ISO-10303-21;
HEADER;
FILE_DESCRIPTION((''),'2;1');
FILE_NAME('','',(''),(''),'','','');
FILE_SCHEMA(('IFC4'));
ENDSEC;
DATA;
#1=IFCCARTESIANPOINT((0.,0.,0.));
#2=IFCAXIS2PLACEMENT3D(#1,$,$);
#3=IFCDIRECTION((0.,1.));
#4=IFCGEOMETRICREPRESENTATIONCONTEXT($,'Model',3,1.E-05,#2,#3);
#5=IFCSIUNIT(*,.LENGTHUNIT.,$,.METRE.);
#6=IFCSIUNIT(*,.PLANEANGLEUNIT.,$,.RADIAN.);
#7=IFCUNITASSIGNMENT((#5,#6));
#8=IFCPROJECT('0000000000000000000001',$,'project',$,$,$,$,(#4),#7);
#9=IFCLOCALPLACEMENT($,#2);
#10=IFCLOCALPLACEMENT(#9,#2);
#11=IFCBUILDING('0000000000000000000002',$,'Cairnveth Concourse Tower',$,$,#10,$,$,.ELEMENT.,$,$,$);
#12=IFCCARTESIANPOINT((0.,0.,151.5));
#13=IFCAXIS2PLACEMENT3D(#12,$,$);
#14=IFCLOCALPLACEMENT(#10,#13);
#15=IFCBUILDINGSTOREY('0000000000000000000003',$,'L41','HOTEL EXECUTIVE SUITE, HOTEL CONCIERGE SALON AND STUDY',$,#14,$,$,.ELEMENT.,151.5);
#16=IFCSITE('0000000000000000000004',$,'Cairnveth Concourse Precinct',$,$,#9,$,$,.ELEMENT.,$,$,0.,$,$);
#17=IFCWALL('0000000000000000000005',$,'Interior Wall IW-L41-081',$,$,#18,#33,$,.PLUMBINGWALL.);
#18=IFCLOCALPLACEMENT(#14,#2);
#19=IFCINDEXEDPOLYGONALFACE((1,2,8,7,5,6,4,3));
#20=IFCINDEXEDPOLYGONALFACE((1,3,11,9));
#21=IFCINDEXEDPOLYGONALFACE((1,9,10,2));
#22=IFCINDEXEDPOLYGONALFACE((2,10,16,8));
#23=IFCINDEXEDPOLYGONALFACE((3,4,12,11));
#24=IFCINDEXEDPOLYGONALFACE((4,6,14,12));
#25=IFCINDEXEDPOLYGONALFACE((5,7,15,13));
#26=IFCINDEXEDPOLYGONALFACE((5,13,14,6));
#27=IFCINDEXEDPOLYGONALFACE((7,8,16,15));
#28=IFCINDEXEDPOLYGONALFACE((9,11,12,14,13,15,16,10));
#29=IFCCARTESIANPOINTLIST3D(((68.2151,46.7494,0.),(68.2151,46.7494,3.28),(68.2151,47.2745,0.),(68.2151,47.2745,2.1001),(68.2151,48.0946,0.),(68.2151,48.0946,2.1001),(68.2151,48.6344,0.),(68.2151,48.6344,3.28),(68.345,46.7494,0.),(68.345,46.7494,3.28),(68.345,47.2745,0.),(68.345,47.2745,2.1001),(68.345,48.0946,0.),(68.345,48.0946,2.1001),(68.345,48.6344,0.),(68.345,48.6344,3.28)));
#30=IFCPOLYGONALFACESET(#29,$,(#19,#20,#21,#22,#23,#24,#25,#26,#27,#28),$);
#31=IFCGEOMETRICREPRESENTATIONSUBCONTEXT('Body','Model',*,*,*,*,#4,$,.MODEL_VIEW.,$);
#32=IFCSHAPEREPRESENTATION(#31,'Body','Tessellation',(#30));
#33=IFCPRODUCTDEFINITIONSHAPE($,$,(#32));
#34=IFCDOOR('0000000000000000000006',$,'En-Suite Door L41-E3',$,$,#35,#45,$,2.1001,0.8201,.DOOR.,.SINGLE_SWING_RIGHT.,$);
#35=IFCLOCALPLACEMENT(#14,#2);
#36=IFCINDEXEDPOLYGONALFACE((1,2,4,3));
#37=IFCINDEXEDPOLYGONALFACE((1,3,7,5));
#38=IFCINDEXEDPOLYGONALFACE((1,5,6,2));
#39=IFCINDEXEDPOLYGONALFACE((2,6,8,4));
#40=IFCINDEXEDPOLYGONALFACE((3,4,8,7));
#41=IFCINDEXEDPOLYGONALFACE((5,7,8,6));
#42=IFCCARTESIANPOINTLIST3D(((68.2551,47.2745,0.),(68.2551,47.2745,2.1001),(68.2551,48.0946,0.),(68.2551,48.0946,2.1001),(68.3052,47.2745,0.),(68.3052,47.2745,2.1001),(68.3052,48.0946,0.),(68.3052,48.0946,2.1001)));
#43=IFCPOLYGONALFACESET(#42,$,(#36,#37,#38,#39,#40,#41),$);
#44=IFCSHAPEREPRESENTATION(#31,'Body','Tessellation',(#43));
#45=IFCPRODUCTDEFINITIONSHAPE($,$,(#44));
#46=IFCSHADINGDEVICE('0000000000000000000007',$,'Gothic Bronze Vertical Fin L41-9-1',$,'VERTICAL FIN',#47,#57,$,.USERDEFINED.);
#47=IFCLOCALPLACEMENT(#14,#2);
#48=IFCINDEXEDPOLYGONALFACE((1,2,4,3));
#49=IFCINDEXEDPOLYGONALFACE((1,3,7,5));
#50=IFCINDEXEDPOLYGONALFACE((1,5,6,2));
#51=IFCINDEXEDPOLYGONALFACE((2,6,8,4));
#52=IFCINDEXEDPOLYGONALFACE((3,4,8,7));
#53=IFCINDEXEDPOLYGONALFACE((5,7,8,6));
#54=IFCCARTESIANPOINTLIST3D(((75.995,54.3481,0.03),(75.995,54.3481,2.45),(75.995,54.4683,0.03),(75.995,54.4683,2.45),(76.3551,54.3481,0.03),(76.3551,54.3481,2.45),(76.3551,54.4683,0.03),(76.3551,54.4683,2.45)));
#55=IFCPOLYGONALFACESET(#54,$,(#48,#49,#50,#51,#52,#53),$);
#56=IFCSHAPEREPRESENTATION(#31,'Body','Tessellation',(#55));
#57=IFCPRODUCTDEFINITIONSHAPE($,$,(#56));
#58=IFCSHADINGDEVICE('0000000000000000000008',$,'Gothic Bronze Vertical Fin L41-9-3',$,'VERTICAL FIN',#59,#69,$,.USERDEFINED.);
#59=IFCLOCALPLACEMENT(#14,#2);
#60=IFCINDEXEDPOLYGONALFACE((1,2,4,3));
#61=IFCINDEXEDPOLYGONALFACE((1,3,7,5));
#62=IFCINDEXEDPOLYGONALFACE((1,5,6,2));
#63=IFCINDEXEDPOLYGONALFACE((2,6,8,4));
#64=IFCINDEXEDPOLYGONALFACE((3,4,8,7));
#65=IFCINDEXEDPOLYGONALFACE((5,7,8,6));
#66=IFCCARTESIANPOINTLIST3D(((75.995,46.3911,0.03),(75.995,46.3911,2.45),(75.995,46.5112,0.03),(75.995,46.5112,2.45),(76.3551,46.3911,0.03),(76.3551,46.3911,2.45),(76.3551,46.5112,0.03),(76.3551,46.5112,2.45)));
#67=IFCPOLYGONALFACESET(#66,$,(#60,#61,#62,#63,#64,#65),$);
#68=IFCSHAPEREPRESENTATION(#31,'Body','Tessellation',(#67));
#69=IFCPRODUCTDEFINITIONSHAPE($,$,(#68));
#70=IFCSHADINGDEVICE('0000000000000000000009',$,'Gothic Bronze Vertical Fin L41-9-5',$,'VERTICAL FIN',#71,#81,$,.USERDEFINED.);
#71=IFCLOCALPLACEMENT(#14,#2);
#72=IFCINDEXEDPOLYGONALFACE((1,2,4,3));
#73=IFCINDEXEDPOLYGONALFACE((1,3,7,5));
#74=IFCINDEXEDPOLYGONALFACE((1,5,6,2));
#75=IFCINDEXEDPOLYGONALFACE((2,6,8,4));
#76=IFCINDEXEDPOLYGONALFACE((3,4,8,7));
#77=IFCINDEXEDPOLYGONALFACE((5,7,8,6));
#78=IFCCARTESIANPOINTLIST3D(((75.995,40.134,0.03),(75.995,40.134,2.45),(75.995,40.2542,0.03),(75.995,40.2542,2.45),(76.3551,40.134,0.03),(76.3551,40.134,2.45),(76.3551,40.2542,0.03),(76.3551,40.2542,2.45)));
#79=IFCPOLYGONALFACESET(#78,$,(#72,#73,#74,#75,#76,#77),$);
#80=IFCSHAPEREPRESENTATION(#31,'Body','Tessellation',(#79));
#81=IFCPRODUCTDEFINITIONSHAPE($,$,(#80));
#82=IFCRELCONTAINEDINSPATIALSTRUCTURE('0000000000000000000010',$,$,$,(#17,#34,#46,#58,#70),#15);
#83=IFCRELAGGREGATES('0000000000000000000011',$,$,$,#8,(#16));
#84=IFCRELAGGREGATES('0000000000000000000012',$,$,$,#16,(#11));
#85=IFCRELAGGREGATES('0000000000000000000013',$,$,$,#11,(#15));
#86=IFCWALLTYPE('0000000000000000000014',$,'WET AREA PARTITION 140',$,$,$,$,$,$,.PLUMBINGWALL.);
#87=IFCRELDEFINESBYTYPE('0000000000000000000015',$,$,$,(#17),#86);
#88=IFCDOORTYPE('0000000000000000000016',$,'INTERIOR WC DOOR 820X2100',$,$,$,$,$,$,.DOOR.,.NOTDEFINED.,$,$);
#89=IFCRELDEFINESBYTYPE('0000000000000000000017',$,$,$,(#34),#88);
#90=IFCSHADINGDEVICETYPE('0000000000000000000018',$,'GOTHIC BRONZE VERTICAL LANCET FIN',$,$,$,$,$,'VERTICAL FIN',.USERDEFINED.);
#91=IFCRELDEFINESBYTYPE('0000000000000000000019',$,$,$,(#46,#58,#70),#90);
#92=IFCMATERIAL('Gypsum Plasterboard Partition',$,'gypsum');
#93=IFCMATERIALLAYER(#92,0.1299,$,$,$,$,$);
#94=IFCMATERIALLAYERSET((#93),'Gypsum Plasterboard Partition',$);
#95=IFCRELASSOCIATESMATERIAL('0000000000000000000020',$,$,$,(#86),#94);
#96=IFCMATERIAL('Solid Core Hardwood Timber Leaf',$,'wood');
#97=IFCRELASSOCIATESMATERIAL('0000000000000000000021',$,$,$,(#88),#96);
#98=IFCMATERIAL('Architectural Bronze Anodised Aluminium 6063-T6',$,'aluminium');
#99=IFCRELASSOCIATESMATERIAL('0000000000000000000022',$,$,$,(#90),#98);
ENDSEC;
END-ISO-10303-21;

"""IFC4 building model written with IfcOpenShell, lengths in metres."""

from ifc_helpers import new_model, si_unit, direction, frame, frame_2d, origin, origin_2d, place, context, subcontext, project, spatial, rectangle, extrude, material, layer, layer_set, type_object, element, fill, save


model = new_model("IFC4")

# Units and contexts
model_context = context("Model", 3, precision=1e-05, world=origin(), true_north=direction((0.0, 1.0)))
body_context = subcontext(model_context, "Body", "Model", "MODEL_VIEW")
ifc_project = project(units=[si_unit("LENGTHUNIT", "METRE"), si_unit("PLANEANGLEUNIT", "RADIAN")], contexts=[model_context])

# Site, building, storey
site_placement = place(None, origin())
site = spatial("IfcSite", under=ifc_project, at=site_placement, Name="Cairnveth Concourse Precinct", CompositionType="ELEMENT", RefElevation=0.0)
building_placement = place(site_placement, origin())
building = spatial("IfcBuilding", under=site, at=building_placement, Name="Cairnveth Concourse Tower", CompositionType="ELEMENT")
storey_placement = place(building_placement, frame((0.0, 0.0, 151.5)))
storey = spatial("IfcBuildingStorey", under=building, at=storey_placement, Name="L41", Description="HOTEL EXECUTIVE SUITE, HOTEL CONCIERGE SALON AND STUDY", CompositionType="ELEMENT", Elevation=151.5)

# Shared definitions
ifc_material_1 = material(Name="Gypsum Plasterboard Partition", Category="gypsum")

# Shared definitions
ifc_layer_1 = layer(ifc_material_1, 0.1299)
ifc_layer_set_1 = layer_set([ifc_layer_1], Name="Gypsum Plasterboard Partition")
wall_type_1 = type_object("IfcWallType", Name="WET AREA PARTITION 140", PredefinedType="PLUMBINGWALL", material=ifc_layer_set_1)

# Wall, opening, door
wall_1_placement = place(storey_placement, frame((68.28, 46.7495, 0.0), z_axis=(0.0, 0.0, 1.0), x_axis=(0.0, 1.0, 0.0)))
wall_1 = element("IfcWall", 1, at=wall_1_placement, inside=storey, type_object=wall_type_1, Name="Interior Wall IW-L41-081", PredefinedType="PLUMBINGWALL", context=body_context, shape_type="SweptSolid", body=[
    extrude(rectangle(XDim=1.885, YDim=0.1299, at=frame_2d((0.9424, 0.0))), origin(), (0.0, 0.0, 1.0), 3.28),
])
opening_1_placement = place(wall_1_placement, frame((0.5249, 0.0, 0.0)))
opening_1 = element("IfcOpeningElement", 2, at=opening_1_placement, cuts=wall_1, PredefinedType="OPENING", context=body_context, shape_type="SweptSolid", body=[
    extrude(rectangle(XDim=0.8201, YDim=2.1001, at=frame_2d((0.4102, 1.05))), frame((0.0, 0.075, 0.0), z_axis=(0.0, -1.0, 0.0), x_axis=(1.0, 0.0, 0.0)), (0.0, 0.0, 1.0), 0.1499),
])
ifc_material_2 = material(Name="Solid Core Hardwood Timber Leaf", Category="wood")
door_type_1 = type_object("IfcDoorType", Name="INTERIOR WC DOOR 820X2100", OperationType="NOTDEFINED", PredefinedType="DOOR", material=ifc_material_2)
door_1_placement = place(opening_1_placement, origin())
door_1 = element("IfcDoor", 3, at=door_1_placement, inside=storey, type_object=door_type_1, Name="En-Suite Door L41-E3", OperationType="SINGLE_SWING_RIGHT", OverallHeight=2.1001, OverallWidth=0.8201, PredefinedType="DOOR", context=body_context, shape_type="SweptSolid", body=[
    extrude(rectangle(XDim=0.8201, YDim=2.1001, at=frame_2d((0.4102, 1.05))), frame((0.0, 0.0249, 0.0), z_axis=(0.0, -1.0, 0.0), x_axis=(1.0, 0.0, 0.0)), (0.0, 0.0, 1.0), 0.05),
])
fill(opening_1, door_1)

# Shading devices
ifc_material_3 = material(Name="Architectural Bronze Anodised Aluminium 6063-T6", Category="aluminium")
shading_device_type = type_object("IfcShadingDeviceType", Name="GOTHIC BRONZE VERTICAL LANCET FIN", ElementType="VERTICAL FIN", PredefinedType="USERDEFINED", material=ifc_material_3)
for number, where, z_axis, x_axis, name in (
    (4, (76.175, 54.4082, 0.03), (0.0, 0.0, 1.0), (0.0, 1.0, 0.0), "Gothic Bronze Vertical Fin L41-9-1"),
    (5, (76.175, 46.4512, 0.03), (0.0, 0.0, 1.0), (0.0, 1.0, 0.0), "Gothic Bronze Vertical Fin L41-9-3"),
    (6, (76.175, 40.1941, 0.03), (0.0, 0.0, 1.0), (0.0, 1.0, 0.0), "Gothic Bronze Vertical Fin L41-9-5"),
):
    element("IfcShadingDevice", number, at=place(storey_placement, frame(where, z_axis=z_axis, x_axis=x_axis)), inside=storey, type_object=shading_device_type, Name=name, ObjectType="VERTICAL FIN", PredefinedType="USERDEFINED", context=body_context, shape_type="SweptSolid", body=[
        extrude(rectangle(XDim=0.1201, YDim=0.3601, at=origin_2d()), origin(), (0.0, 0.0, 1.0), 2.4199),
    ])

save(model, "model.ifc")
